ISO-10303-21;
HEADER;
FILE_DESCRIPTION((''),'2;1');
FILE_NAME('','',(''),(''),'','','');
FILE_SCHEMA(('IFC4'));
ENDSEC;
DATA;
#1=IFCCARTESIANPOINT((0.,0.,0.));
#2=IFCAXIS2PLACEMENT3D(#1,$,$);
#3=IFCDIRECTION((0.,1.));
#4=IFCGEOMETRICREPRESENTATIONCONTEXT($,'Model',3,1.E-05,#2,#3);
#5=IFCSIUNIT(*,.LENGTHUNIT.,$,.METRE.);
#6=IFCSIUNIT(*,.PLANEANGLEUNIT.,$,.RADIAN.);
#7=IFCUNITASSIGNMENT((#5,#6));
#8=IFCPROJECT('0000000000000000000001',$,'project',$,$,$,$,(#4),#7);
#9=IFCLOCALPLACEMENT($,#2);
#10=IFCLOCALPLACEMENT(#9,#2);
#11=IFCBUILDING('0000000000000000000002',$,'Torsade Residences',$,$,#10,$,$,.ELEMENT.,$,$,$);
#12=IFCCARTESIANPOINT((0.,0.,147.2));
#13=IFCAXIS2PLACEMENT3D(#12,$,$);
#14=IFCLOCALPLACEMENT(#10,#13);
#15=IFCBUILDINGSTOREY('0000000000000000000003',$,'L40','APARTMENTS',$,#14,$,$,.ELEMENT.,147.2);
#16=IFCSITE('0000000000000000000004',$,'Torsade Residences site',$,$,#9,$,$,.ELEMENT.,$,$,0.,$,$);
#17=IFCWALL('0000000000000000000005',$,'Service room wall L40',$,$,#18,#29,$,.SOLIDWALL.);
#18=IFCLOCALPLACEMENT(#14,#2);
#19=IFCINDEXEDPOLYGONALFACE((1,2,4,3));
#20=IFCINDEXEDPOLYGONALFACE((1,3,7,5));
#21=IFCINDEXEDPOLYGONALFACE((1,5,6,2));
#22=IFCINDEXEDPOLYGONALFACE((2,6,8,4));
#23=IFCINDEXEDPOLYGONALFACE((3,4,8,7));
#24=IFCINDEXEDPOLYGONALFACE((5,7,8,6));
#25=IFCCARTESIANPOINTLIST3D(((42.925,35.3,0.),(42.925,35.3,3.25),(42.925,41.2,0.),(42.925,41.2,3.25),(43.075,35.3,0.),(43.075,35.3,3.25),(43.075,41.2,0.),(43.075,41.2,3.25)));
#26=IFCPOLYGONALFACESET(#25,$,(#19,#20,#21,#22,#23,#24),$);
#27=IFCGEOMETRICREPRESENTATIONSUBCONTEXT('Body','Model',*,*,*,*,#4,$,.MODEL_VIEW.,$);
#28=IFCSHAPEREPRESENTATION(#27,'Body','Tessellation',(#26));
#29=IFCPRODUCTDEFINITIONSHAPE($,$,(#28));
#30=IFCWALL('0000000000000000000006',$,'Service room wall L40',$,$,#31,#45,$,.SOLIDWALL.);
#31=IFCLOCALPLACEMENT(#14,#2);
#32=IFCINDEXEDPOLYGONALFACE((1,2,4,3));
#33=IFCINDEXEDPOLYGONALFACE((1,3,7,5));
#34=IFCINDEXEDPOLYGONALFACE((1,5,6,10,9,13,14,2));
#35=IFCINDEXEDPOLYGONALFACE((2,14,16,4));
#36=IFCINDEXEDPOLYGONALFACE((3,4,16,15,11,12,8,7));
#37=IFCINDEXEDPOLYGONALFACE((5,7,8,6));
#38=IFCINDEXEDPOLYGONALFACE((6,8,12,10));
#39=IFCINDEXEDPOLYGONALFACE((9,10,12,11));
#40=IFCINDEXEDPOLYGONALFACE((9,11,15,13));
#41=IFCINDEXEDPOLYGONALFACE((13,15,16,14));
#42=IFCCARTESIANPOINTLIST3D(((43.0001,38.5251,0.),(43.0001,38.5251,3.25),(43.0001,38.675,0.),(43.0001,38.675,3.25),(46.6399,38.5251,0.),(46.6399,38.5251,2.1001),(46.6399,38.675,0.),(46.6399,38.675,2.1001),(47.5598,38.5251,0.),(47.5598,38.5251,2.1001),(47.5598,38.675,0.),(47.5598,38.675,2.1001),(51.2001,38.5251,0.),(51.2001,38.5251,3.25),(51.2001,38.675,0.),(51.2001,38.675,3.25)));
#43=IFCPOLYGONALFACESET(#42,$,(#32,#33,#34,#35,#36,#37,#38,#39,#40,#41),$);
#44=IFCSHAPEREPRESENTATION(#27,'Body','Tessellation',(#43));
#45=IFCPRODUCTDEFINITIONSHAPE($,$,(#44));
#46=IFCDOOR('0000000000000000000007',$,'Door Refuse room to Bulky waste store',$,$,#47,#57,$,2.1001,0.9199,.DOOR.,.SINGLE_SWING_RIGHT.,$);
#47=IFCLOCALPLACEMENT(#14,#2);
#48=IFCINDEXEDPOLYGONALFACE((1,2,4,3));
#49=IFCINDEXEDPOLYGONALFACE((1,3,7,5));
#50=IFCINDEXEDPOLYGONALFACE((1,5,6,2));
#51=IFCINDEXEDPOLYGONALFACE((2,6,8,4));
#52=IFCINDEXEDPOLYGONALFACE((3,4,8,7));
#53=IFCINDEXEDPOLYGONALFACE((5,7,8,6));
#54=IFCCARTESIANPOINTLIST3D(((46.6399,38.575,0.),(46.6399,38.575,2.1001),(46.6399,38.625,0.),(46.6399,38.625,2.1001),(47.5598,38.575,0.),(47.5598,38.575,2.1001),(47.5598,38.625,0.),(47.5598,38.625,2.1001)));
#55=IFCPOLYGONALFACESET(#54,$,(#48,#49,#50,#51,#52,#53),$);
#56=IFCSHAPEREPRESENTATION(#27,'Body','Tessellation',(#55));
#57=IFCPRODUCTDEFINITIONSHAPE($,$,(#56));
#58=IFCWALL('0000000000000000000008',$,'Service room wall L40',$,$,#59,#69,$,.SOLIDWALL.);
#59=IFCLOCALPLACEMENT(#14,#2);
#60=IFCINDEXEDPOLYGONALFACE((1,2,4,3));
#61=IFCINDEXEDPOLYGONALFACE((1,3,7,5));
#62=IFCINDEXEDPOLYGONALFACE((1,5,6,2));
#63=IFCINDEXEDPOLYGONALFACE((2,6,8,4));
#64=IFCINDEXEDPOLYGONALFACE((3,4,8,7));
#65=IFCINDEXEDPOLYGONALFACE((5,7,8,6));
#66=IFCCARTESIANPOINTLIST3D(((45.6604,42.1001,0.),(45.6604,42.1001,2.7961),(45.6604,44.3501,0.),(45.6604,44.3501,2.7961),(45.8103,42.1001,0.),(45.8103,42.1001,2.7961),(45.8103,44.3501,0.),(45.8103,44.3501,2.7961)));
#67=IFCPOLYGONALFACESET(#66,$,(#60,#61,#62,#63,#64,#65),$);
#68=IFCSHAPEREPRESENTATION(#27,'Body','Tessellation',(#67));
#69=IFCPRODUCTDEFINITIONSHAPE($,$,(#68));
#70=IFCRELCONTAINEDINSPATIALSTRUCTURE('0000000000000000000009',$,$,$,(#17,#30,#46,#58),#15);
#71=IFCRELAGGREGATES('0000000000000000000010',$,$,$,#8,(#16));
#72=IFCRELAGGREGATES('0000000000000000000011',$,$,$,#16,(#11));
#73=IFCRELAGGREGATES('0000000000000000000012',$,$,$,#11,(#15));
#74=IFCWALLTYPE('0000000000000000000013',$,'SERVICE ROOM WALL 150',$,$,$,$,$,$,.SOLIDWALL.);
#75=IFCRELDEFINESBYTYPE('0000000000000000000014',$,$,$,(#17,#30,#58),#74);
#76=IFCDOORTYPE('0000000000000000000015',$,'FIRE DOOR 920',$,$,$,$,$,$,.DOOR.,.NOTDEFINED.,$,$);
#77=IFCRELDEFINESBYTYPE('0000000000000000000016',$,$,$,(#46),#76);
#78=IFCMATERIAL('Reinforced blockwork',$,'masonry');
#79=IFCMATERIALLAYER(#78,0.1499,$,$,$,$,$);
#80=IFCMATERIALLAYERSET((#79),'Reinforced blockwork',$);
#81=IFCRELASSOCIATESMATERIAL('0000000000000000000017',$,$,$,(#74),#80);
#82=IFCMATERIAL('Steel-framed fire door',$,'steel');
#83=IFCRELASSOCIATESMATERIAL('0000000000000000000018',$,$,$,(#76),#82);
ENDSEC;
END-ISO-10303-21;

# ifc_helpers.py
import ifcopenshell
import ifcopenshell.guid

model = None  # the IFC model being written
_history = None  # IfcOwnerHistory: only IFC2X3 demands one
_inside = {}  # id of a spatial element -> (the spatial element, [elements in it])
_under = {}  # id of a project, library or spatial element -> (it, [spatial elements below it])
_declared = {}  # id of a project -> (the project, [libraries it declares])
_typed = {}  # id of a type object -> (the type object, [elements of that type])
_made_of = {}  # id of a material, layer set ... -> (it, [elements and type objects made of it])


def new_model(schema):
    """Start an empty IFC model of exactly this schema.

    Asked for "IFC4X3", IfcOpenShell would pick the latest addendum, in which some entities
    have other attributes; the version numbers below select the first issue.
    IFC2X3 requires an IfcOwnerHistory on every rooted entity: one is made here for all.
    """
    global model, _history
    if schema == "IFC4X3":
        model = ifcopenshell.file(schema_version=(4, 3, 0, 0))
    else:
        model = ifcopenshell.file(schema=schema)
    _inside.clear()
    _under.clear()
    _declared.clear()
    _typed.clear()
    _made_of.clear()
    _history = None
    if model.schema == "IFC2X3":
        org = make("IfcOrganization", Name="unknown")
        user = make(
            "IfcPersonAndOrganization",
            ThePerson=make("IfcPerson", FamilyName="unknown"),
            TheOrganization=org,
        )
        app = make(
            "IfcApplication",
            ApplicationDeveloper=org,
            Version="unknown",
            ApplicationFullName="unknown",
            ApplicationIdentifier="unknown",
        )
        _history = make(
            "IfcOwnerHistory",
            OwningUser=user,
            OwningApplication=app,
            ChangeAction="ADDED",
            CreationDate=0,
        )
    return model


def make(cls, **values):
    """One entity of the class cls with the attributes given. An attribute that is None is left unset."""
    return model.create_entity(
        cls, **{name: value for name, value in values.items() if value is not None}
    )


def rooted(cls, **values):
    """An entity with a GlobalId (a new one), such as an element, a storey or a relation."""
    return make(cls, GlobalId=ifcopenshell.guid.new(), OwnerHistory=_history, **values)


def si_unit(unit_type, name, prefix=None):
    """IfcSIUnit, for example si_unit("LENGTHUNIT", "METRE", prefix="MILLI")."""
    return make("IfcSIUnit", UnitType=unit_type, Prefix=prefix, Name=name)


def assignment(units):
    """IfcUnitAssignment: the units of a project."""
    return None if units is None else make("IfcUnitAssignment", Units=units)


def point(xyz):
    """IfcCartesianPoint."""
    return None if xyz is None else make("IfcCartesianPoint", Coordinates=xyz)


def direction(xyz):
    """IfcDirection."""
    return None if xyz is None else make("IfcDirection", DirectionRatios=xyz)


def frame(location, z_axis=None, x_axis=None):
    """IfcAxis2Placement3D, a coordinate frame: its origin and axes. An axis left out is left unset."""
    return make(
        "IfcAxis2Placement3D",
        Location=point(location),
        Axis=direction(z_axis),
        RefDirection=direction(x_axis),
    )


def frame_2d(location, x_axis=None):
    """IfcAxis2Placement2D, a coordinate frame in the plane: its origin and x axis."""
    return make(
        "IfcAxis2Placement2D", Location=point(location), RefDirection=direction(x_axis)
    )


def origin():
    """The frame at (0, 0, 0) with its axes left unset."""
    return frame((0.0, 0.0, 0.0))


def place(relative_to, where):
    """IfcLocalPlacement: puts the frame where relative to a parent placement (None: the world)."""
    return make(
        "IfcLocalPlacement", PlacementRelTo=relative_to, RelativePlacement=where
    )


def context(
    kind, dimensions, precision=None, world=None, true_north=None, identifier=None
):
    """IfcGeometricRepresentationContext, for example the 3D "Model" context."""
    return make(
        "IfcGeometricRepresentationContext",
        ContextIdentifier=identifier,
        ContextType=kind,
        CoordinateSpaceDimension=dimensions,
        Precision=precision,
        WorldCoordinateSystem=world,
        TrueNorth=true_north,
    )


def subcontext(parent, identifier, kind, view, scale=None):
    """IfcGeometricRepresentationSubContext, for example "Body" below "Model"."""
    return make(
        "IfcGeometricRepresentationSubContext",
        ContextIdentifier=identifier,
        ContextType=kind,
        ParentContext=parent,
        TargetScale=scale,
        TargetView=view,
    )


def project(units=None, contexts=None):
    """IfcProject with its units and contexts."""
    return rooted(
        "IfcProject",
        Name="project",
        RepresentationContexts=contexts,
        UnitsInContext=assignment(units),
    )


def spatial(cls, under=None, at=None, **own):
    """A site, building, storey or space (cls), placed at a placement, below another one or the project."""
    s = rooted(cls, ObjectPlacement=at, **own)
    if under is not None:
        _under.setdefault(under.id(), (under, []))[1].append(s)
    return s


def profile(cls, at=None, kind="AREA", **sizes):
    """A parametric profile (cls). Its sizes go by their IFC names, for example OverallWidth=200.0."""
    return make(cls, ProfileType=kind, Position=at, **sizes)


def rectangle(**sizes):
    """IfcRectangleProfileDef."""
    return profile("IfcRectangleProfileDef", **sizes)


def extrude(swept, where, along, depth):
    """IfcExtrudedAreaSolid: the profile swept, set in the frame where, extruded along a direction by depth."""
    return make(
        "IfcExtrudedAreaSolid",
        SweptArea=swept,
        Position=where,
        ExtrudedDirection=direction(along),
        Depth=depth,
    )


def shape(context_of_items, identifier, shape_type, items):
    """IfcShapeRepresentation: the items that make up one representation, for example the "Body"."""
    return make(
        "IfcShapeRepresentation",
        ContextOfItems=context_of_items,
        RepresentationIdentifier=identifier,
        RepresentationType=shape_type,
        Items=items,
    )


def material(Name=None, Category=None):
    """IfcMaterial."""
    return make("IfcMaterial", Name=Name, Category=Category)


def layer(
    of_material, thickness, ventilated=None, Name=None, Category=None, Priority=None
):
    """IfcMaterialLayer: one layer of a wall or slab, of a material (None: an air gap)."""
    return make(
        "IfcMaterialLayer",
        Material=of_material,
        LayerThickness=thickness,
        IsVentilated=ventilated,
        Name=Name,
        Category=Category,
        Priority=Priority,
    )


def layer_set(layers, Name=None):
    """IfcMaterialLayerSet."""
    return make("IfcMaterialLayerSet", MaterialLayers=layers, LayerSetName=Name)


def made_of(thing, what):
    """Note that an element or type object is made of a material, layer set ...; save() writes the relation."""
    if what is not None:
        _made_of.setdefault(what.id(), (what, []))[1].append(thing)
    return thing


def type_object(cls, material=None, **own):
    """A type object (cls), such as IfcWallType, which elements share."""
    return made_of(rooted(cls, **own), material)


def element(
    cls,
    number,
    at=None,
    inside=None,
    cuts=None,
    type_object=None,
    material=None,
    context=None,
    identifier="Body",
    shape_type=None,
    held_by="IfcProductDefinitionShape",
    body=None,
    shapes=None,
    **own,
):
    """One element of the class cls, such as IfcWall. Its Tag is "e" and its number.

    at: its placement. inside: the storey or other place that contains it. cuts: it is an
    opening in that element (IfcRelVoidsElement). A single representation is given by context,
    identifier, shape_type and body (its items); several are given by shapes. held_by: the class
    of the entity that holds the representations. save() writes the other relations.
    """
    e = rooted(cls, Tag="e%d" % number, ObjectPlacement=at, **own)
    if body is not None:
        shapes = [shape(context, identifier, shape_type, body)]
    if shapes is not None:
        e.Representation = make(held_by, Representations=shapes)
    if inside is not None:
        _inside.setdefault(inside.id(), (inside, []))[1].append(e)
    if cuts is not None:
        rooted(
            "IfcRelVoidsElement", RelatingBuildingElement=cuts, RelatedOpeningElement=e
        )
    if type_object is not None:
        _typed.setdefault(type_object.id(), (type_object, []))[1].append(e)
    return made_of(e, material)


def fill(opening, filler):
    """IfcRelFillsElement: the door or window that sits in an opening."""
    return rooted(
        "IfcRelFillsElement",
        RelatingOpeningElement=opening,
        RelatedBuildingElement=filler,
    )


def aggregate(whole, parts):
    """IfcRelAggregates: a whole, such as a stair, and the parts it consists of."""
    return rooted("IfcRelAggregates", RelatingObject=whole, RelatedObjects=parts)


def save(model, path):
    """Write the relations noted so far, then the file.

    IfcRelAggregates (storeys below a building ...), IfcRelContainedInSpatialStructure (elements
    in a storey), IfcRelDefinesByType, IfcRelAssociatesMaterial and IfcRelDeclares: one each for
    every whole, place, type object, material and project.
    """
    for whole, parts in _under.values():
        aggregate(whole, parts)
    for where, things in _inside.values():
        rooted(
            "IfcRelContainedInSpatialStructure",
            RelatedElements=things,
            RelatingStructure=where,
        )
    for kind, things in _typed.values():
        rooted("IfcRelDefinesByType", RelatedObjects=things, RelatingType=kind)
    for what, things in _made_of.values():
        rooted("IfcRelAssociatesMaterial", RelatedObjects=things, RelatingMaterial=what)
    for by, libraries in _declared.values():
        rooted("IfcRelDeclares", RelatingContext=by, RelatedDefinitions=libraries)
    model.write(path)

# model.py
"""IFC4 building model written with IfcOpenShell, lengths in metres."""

from ifc_helpers import new_model, si_unit, direction, frame, frame_2d, origin, place, context, subcontext, project, spatial, rectangle, extrude, material, layer, layer_set, type_object, element, fill, save


model = new_model("IFC4")

# Units and contexts
model_context = context("Model", 3, precision=1e-05, world=origin(), true_north=direction((0.0, 1.0)))
body_context = subcontext(model_context, "Body", "Model", "MODEL_VIEW")
ifc_project = project(units=[si_unit("LENGTHUNIT", "METRE"), si_unit("PLANEANGLEUNIT", "RADIAN")], contexts=[model_context])

# Site, building, storey
site_placement = place(None, origin())
site = spatial("IfcSite", under=ifc_project, at=site_placement, Name="Torsade Residences site", CompositionType="ELEMENT", RefElevation=0.0)
building_placement = place(site_placement, origin())
building = spatial("IfcBuilding", under=site, at=building_placement, Name="Torsade Residences", CompositionType="ELEMENT")
storey_placement = place(building_placement, frame((0.0, 0.0, 147.2)))
storey = spatial("IfcBuildingStorey", under=building, at=storey_placement, Name="L40", Description="APARTMENTS", CompositionType="ELEMENT", Elevation=147.2)

# Wall
ifc_material_1 = material(Name="Reinforced blockwork", Category="masonry")
ifc_layer_1 = layer(ifc_material_1, 0.1499)
ifc_layer_set_1 = layer_set([ifc_layer_1], Name="Reinforced blockwork")
wall_type_1 = type_object("IfcWallType", Name="SERVICE ROOM WALL 150", PredefinedType="SOLIDWALL", material=ifc_layer_set_1)
wall_1_placement = place(storey_placement, frame((43.0, 41.2, 0.0), z_axis=(0.0, 0.0, 1.0), x_axis=(0.0, -1.0, 0.0)))
element("IfcWall", 1, at=wall_1_placement, inside=storey, type_object=wall_type_1, Name="Service room wall L40", PredefinedType="SOLIDWALL", context=body_context, shape_type="SweptSolid", body=[
    extrude(rectangle(XDim=5.8999, YDim=0.1499, at=frame_2d((2.95, 0.0))), origin(), (0.0, 0.0, 1.0), 3.25),
])

# Wall, opening, door
wall_2_placement = place(storey_placement, frame((43.0, 38.6001, 0.0), z_axis=(0.0, 0.0, 1.0), x_axis=(1.0, 0.0, 0.0)))
wall_2 = element("IfcWall", 2, at=wall_2_placement, inside=storey, type_object=wall_type_1, Name="Service room wall L40", PredefinedType="SOLIDWALL", context=body_context, shape_type="SweptSolid", body=[
    extrude(rectangle(XDim=8.2, YDim=0.1499, at=frame_2d((4.1001, 0.0))), origin(), (0.0, 0.0, 1.0), 3.25),
])
opening_1_placement = place(wall_2_placement, frame((3.6399, 0.0, 0.0)))
opening_1 = element("IfcOpeningElement", 3, at=opening_1_placement, cuts=wall_2, PredefinedType="OPENING", context=body_context, shape_type="SweptSolid", body=[
    extrude(rectangle(XDim=0.9199, YDim=2.1001, at=frame_2d((0.46, 1.05))), frame((0.0, 0.085, 0.0), z_axis=(0.0, -1.0, 0.0), x_axis=(1.0, 0.0, 0.0)), (0.0, 0.0, 1.0), 0.1699),
])
ifc_material_2 = material(Name="Steel-framed fire door", Category="steel")
door_type_1 = type_object("IfcDoorType", Name="FIRE DOOR 920", OperationType="NOTDEFINED", PredefinedType="DOOR", material=ifc_material_2)
door_1_placement = place(opening_1_placement, origin())
door_1 = element("IfcDoor", 4, at=door_1_placement, inside=storey, type_object=door_type_1, Name="Door Refuse room to Bulky waste store", OperationType="SINGLE_SWING_RIGHT", OverallHeight=2.1001, OverallWidth=0.9199, PredefinedType="DOOR", context=body_context, shape_type="SweptSolid", body=[
    extrude(rectangle(XDim=0.9199, YDim=2.1001, at=frame_2d((0.46, 1.05))), frame((0.0, 0.0249, 0.0), z_axis=(0.0, -1.0, 0.0), x_axis=(1.0, 0.0, 0.0)), (0.0, 0.0, 1.0), 0.05),
])
fill(opening_1, door_1)

# Wall
wall_3_placement = place(storey_placement, frame((45.7354, 42.1001, 0.0), z_axis=(0.0, 0.0, 1.0), x_axis=(0.0, 1.0, 0.0)))
element("IfcWall", 5, at=wall_3_placement, inside=storey, type_object=wall_type_1, Name="Service room wall L40", PredefinedType="SOLIDWALL", context=body_context, shape_type="SweptSolid", body=[
    extrude(rectangle(XDim=2.25, YDim=0.1499, at=frame_2d((1.125, 0.0))), origin(), (0.0, 0.0, 1.0), 2.7961),
])

save(model, "model.ifc")
